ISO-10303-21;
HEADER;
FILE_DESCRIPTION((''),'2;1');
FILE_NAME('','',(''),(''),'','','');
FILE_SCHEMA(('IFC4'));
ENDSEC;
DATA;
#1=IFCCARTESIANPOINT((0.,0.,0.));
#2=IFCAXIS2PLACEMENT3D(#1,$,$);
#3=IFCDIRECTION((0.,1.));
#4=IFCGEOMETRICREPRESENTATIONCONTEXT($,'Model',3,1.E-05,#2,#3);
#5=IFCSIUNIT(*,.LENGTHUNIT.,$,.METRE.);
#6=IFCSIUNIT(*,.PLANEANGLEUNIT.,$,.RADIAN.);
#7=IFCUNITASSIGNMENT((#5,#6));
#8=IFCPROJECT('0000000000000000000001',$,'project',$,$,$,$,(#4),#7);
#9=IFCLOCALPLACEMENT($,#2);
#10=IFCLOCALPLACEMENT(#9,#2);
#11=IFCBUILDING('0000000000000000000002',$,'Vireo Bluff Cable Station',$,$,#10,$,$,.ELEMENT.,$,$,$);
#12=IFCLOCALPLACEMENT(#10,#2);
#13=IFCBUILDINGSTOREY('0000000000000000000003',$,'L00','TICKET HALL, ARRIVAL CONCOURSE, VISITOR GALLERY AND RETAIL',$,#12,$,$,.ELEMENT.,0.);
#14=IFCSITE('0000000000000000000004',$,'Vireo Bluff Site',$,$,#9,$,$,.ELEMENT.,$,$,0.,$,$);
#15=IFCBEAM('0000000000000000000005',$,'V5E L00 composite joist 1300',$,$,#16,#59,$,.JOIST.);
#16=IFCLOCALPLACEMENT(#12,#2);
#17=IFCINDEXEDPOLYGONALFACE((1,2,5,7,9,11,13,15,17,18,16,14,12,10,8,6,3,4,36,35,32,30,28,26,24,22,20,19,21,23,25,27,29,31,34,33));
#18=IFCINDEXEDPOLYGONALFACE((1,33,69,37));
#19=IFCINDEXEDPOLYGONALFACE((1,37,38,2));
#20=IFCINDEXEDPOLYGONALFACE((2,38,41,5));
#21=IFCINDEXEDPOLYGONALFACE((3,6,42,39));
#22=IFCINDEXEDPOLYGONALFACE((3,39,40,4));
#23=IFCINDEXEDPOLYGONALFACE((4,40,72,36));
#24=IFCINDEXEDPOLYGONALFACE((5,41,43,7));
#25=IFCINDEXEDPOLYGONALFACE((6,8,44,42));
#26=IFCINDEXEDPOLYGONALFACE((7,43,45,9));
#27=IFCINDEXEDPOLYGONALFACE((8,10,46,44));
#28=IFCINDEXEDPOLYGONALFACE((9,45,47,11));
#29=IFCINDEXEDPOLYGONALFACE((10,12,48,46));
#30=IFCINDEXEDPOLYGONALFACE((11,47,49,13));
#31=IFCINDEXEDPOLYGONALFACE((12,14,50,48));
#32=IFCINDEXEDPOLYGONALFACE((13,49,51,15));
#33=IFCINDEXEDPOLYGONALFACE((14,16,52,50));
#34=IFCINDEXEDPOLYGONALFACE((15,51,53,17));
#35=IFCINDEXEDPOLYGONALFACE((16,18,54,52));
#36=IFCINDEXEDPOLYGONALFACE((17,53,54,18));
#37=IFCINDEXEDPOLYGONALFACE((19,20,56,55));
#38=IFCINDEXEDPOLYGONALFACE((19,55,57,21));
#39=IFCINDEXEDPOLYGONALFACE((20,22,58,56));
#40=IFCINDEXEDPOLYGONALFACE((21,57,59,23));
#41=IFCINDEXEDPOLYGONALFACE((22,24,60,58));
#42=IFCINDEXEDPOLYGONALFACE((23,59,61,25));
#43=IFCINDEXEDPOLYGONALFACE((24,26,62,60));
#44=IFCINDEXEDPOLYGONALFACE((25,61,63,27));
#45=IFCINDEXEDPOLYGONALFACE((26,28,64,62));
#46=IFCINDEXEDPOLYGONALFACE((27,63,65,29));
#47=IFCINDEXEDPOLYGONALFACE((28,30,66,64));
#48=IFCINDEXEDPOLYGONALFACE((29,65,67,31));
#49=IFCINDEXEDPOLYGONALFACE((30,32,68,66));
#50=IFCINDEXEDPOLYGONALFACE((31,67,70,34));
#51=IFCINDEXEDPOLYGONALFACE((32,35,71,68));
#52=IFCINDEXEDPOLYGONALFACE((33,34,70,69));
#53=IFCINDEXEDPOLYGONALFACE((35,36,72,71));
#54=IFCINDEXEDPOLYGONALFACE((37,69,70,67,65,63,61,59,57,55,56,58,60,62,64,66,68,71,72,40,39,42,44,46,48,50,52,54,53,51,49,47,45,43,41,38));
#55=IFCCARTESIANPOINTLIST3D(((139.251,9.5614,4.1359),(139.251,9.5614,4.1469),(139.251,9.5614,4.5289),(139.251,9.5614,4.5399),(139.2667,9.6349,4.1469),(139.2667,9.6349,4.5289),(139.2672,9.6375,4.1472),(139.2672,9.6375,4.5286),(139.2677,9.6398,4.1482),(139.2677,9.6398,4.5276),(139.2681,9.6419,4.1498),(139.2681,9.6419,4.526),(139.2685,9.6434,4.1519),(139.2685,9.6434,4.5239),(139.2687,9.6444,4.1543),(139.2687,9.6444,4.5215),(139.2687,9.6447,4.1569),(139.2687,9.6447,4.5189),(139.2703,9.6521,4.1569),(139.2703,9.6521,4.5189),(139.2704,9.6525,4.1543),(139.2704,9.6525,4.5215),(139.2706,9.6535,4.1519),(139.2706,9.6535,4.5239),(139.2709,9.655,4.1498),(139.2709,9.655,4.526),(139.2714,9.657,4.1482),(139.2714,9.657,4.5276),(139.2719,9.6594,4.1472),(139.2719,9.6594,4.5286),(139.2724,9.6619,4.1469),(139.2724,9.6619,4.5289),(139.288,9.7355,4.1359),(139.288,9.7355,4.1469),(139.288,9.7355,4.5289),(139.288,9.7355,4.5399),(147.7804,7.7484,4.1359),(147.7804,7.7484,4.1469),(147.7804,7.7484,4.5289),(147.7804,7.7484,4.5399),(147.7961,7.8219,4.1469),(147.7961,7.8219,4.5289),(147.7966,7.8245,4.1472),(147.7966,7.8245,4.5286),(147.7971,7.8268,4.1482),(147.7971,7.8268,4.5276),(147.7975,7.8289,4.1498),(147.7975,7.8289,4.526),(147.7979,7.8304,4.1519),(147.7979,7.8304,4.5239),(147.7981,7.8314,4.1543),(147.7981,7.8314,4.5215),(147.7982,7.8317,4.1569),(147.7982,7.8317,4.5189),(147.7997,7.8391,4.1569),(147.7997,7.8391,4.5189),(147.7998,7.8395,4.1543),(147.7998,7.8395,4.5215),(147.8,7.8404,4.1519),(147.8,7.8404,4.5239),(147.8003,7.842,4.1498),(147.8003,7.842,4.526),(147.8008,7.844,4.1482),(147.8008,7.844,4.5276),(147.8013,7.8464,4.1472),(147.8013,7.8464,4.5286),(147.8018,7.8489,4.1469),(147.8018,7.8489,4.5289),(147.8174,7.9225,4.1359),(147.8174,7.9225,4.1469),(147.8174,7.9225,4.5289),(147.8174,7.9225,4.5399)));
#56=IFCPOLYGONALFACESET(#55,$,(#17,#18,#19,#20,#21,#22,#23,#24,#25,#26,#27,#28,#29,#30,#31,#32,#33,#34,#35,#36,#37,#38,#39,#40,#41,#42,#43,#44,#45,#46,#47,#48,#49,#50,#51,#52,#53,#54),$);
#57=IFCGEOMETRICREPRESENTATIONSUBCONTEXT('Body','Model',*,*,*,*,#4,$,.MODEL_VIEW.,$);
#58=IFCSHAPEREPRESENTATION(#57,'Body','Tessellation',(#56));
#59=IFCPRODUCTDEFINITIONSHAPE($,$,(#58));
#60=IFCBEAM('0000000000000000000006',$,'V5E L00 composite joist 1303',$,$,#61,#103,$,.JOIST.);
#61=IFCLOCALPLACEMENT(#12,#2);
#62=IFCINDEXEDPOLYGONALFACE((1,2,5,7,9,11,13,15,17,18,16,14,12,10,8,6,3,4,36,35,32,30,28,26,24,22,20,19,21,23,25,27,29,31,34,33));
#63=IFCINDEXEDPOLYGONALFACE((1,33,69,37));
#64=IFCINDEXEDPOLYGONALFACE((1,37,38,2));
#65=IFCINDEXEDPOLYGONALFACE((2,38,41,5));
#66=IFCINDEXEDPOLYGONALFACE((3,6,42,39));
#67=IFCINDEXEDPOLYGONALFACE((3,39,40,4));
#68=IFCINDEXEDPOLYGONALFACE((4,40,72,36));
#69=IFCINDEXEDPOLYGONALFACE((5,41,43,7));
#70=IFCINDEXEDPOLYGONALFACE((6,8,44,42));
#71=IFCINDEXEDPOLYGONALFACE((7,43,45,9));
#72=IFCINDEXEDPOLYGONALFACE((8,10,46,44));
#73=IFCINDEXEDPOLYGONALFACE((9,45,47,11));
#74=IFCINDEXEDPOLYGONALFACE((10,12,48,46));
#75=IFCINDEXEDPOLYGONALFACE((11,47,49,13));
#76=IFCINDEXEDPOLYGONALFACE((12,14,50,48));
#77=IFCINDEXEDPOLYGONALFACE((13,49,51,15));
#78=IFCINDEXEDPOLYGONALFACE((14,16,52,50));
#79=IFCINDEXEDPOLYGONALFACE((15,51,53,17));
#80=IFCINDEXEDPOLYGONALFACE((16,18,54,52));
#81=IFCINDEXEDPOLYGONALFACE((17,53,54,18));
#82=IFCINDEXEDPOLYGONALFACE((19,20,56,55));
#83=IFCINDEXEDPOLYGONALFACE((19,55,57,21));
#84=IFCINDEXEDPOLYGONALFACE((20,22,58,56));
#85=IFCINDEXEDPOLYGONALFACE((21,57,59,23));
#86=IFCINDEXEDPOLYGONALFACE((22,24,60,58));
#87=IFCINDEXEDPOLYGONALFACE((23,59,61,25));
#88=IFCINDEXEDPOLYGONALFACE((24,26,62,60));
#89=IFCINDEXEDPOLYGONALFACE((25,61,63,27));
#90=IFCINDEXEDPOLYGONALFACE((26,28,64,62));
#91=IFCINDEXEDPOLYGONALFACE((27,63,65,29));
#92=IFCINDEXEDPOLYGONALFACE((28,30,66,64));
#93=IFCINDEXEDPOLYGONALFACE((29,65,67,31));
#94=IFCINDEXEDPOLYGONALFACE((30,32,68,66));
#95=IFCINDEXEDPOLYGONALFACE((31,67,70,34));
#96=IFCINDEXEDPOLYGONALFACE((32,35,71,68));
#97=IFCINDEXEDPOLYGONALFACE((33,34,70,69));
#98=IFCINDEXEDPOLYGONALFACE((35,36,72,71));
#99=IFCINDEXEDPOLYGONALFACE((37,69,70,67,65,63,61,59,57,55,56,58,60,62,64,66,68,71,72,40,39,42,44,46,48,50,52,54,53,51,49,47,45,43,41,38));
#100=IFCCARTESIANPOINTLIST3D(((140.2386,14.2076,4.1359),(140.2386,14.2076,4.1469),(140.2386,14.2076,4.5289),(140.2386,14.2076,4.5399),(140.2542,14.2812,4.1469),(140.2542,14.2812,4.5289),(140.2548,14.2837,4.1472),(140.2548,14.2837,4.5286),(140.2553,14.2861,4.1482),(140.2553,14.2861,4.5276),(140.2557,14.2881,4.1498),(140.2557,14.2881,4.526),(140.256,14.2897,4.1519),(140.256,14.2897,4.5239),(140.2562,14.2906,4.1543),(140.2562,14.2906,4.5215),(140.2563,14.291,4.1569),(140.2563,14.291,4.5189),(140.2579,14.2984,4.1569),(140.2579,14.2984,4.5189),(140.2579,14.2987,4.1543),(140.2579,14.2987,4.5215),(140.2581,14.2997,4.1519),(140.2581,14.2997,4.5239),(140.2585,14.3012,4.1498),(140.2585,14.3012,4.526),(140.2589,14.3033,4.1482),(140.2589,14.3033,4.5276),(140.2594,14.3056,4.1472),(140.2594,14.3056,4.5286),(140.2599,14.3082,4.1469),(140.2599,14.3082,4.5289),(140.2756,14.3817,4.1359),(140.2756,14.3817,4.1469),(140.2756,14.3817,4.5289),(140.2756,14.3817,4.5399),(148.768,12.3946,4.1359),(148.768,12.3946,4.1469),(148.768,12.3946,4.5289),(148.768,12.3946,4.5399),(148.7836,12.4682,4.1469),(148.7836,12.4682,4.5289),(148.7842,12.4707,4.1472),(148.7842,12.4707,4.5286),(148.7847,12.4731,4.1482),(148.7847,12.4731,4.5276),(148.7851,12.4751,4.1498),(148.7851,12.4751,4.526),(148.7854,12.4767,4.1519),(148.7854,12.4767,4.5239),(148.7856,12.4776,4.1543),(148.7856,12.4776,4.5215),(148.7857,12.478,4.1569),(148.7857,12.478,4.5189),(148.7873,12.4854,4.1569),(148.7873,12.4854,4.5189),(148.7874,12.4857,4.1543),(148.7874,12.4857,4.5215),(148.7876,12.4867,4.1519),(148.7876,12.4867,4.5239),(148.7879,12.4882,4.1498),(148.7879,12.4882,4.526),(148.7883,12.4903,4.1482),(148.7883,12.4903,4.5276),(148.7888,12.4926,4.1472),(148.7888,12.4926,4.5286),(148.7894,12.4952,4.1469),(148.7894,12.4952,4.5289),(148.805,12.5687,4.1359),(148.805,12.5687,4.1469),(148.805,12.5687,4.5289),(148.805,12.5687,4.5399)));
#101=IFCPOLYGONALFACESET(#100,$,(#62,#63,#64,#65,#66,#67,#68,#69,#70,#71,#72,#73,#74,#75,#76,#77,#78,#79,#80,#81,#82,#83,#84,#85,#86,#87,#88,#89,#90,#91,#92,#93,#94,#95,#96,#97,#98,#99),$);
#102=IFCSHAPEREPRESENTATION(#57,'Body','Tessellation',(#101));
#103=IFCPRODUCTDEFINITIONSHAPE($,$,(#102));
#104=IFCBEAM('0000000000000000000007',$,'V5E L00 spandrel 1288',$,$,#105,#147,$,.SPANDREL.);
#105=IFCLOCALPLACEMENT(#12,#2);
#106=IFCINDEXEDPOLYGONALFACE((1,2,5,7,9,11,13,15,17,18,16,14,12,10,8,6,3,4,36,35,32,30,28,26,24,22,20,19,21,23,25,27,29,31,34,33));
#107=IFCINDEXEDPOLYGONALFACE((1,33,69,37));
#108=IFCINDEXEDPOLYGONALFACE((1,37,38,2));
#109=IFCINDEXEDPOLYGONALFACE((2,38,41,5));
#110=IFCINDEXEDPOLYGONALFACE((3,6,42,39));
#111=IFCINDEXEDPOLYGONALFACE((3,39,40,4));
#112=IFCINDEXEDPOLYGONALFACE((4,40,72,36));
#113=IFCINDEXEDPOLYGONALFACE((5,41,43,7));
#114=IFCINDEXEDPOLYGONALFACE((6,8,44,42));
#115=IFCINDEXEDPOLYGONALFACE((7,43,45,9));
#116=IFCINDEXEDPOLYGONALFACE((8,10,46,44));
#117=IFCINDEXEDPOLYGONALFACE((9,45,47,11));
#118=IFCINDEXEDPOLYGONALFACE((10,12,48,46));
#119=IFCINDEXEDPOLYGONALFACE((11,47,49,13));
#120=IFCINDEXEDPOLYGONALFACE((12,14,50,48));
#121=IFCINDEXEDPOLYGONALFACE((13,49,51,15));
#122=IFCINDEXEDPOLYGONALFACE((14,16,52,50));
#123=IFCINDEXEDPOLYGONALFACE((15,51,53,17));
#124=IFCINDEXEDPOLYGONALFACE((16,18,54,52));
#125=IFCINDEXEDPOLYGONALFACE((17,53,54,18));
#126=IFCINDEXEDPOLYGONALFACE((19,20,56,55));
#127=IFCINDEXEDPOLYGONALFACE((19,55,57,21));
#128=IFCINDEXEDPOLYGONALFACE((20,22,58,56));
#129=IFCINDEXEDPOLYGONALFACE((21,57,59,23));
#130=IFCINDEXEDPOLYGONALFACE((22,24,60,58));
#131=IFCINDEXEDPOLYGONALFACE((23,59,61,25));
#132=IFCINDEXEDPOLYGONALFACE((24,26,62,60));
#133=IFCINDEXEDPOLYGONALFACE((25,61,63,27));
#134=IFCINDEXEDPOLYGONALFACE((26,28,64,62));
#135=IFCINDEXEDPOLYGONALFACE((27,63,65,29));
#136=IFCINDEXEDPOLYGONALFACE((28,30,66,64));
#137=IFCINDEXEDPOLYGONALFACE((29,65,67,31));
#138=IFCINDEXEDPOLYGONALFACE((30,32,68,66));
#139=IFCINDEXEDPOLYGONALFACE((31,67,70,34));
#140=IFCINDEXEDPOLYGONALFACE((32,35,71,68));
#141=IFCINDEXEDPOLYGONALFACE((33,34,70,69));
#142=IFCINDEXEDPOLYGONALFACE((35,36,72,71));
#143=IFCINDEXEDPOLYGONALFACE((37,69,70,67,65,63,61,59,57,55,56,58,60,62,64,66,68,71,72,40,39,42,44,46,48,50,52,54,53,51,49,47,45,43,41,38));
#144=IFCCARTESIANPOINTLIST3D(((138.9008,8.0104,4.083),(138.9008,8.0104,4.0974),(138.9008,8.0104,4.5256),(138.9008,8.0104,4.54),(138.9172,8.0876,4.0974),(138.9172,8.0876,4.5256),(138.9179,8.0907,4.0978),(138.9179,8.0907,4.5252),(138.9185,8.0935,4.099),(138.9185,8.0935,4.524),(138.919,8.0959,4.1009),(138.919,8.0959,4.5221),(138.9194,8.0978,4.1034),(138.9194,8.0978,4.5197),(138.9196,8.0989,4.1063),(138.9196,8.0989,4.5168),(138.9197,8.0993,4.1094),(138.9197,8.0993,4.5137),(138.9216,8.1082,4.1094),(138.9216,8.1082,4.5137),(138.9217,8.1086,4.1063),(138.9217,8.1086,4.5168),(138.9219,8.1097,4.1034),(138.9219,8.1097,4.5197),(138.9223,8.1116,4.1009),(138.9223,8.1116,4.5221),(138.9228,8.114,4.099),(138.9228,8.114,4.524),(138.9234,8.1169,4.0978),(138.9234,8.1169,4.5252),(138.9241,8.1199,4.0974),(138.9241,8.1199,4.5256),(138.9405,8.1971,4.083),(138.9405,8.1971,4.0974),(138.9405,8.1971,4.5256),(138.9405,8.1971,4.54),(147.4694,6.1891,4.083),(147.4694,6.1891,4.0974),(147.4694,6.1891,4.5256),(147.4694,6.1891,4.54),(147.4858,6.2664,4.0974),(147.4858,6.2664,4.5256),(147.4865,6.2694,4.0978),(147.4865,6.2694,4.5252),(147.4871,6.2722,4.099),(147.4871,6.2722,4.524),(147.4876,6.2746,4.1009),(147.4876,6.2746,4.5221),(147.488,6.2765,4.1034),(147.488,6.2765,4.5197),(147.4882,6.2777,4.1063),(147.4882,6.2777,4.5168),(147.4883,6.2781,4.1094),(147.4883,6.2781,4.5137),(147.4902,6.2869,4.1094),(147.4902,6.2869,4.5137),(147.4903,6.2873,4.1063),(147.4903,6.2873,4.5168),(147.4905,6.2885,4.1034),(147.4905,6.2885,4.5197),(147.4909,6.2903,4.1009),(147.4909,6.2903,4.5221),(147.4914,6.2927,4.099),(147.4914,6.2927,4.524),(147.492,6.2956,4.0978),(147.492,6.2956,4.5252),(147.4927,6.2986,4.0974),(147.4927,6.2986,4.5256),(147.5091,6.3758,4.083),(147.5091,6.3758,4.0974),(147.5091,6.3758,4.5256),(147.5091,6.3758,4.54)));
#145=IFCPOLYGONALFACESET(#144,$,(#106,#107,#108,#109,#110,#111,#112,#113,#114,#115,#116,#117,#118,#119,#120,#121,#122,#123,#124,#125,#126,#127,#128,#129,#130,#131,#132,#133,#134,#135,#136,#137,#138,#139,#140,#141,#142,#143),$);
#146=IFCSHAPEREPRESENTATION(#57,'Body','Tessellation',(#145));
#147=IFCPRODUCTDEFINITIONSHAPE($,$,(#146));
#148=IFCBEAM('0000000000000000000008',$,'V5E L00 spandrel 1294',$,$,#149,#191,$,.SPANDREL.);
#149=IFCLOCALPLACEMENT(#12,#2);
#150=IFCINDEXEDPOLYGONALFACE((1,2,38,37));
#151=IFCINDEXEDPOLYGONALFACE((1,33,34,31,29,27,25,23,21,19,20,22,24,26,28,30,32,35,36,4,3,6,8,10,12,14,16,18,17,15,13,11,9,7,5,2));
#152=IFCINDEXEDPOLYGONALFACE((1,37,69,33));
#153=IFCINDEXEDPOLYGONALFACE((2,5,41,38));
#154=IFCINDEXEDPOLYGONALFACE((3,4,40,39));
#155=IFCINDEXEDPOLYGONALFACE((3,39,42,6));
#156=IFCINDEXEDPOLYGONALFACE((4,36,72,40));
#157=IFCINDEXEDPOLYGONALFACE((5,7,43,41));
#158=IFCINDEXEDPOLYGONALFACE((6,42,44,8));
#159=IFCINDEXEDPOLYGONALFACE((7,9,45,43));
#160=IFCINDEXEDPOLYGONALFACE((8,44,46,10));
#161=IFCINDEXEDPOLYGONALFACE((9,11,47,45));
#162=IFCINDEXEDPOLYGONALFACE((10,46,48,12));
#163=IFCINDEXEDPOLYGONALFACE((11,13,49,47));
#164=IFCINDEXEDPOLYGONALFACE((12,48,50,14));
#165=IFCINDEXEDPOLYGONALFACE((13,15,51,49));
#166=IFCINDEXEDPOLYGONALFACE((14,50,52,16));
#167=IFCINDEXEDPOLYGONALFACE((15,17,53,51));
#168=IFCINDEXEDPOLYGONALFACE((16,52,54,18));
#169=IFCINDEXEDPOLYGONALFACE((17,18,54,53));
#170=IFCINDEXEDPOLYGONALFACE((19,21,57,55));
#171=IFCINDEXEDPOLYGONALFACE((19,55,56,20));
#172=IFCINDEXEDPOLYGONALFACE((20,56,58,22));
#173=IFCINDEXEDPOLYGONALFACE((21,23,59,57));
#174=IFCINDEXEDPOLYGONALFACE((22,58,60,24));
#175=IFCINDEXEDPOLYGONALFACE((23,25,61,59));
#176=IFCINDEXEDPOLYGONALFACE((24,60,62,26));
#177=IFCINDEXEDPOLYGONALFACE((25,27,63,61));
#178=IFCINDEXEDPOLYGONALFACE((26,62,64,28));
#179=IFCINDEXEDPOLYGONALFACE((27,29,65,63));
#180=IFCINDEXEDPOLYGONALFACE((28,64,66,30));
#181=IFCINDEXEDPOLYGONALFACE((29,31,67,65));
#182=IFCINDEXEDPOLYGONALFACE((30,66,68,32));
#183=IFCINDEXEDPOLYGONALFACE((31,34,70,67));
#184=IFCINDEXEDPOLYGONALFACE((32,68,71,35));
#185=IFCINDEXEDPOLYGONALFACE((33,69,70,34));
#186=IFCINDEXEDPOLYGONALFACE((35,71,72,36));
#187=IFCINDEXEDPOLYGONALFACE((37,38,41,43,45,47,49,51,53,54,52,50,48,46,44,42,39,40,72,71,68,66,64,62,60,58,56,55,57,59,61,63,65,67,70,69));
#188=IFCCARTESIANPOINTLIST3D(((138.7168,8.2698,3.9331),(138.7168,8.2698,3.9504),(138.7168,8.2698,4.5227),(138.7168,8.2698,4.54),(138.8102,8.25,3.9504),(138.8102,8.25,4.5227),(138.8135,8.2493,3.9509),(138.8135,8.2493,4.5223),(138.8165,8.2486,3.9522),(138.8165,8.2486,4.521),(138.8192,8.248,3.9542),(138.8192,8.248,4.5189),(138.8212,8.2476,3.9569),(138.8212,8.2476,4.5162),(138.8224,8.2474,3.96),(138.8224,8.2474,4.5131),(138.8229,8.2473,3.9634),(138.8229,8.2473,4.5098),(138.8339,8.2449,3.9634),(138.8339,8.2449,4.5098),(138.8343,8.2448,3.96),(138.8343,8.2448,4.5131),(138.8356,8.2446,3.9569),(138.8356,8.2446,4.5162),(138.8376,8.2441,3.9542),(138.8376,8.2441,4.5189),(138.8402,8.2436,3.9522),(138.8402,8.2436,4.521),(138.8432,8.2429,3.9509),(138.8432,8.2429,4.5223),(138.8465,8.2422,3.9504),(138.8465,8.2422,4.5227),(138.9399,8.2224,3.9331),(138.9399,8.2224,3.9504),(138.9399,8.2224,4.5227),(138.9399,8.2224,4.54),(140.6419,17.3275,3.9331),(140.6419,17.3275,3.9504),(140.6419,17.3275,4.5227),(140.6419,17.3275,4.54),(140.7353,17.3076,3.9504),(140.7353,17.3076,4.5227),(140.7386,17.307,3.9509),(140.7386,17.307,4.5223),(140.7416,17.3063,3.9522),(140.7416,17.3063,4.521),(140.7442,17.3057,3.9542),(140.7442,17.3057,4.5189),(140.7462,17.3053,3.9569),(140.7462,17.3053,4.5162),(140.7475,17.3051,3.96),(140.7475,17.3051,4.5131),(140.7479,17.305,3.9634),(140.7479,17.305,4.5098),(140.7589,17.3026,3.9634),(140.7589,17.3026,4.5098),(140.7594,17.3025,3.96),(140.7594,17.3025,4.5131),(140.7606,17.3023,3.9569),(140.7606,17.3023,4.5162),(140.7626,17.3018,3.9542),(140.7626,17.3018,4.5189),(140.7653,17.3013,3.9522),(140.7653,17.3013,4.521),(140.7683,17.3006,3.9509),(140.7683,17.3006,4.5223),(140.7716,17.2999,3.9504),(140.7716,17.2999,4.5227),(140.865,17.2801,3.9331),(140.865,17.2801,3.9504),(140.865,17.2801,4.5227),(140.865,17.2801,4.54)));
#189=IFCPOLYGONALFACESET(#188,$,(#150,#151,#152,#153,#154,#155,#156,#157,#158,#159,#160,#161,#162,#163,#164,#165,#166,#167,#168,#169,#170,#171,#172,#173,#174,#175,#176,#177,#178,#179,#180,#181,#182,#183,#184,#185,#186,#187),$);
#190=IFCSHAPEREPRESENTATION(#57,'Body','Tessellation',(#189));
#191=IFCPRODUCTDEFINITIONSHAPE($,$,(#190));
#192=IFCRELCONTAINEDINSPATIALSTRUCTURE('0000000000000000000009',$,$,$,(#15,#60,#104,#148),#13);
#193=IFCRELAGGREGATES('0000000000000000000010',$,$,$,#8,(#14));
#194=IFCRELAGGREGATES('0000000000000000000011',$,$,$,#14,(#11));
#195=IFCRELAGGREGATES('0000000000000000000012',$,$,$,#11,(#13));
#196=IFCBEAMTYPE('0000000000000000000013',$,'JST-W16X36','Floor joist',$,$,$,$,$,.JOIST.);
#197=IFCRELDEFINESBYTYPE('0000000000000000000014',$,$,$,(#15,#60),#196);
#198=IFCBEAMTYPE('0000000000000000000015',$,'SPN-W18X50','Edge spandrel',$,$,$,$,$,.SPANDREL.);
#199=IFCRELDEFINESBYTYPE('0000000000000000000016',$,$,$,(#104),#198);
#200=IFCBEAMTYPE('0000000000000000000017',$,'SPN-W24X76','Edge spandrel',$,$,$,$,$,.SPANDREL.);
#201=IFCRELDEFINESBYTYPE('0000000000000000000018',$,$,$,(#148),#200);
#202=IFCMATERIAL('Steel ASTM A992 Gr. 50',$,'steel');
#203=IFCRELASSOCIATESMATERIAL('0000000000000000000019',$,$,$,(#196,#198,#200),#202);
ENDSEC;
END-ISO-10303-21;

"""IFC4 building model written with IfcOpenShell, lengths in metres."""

from ifc_helpers import new_model, si_unit, direction, frame, origin, origin_2d, place, context, subcontext, project, spatial, i_section, extrude, material, material_profile, profile_set, type_object, element, save


model = new_model("IFC4")

# Units and contexts
model_context = context("Model", 3, precision=1e-05, world=origin(), true_north=direction((0.0, 1.0)))
body_context = subcontext(model_context, "Body", "Model", "MODEL_VIEW")
ifc_project = project(units=[si_unit("LENGTHUNIT", "METRE"), si_unit("PLANEANGLEUNIT", "RADIAN")], contexts=[model_context])

# Site, building, storey
site_placement = place(None, origin())
site = spatial("IfcSite", under=ifc_project, at=site_placement, Name="Vireo Bluff Site", CompositionType="ELEMENT", RefElevation=0.0)
building_placement = place(site_placement, origin())
building = spatial("IfcBuilding", under=site, at=building_placement, Name="Vireo Bluff Cable Station", CompositionType="ELEMENT")
storey_placement = place(building_placement, origin())
storey = spatial("IfcBuildingStorey", under=building, at=storey_placement, Name="L00", Description="TICKET HALL, ARRIVAL CONCOURSE, VISITOR GALLERY AND RETAIL", CompositionType="ELEMENT", Elevation=0.0)

# Shared definitions
ifc_material_1 = material(Name="Steel ASTM A992 Gr. 50", Category="steel")

# Beams
ifc_material_profile_1 = material_profile(ifc_material_1, i_section(OverallWidth=0.178, OverallDepth=0.4041, WebThickness=0.0076, FlangeThickness=0.011, FilletRadius=0.01, at=origin_2d()), Name="W16X36")
ifc_profile_set_1 = profile_set([ifc_material_profile_1], Name="Steel ASTM A992 Gr. 50")
beam_type_1 = type_object("IfcBeamType", Name="JST-W16X36", Description="Floor joist", PredefinedType="JOIST", material=ifc_profile_set_1)
for number, where, z_axis, x_axis, name in (
    (1, (139.2695, 9.6484, 4.3379), (0.978147, -0.207915, 0.0), (0.207915, 0.978147, 0.0), "V5E L00 composite joist 1300"),
    (2, (140.2571, 14.2947, 4.3379), (0.978147, -0.207915, 0.0), (0.207915, 0.978147, 0.0), "V5E L00 composite joist 1303"),
):
    element("IfcBeam", number, at=place(storey_placement, frame(where, z_axis=z_axis, x_axis=x_axis)), inside=storey, type_object=beam_type_1, Name=name, PredefinedType="JOIST", context=body_context, shape_type="SweptSolid", body=[
        extrude(i_section(OverallWidth=0.178, OverallDepth=0.4041, WebThickness=0.0076, FlangeThickness=0.011, FilletRadius=0.01, at=origin_2d()), origin(), (0.0, 0.0, 1.0), 8.72),
    ])
ifc_material_profile_2 = material_profile(ifc_material_1, i_section(OverallWidth=0.1909, OverallDepth=0.457, WebThickness=0.009, FlangeThickness=0.0144, FilletRadius=0.012, at=origin_2d()), Name="W18X50")
ifc_profile_set_2 = profile_set([ifc_material_profile_2], Name="Steel ASTM A992 Gr. 50")
beam_type_2 = type_object("IfcBeamType", Name="SPN-W18X50", Description="Edge spandrel", PredefinedType="SPANDREL", material=ifc_profile_set_2)
beam_1_placement = place(storey_placement, frame((138.9207, 8.1038, 4.3115), z_axis=(0.978148, -0.207909, 0.0), x_axis=(0.207909, 0.978148, 0.0)))
element("IfcBeam", 3, at=beam_1_placement, inside=storey, type_object=beam_type_2, Name="V5E L00 spandrel 1288", PredefinedType="SPANDREL", context=body_context, shape_type="SweptSolid", body=[
    extrude(i_section(OverallWidth=0.1909, OverallDepth=0.457, WebThickness=0.009, FlangeThickness=0.0144, FilletRadius=0.012, at=origin_2d()), origin(), (0.0, 0.0, 1.0), 8.76),
])
ifc_material_profile_3 = material_profile(ifc_material_1, i_section(OverallWidth=0.228, OverallDepth=0.6069, WebThickness=0.0112, FlangeThickness=0.0173, FilletRadius=0.0129, at=origin_2d()), Name="W24X76")
ifc_profile_set_3 = profile_set([ifc_material_profile_3], Name="Steel ASTM A992 Gr. 50")
beam_type_3 = type_object("IfcBeamType", Name="SPN-W24X76", Description="Edge spandrel", PredefinedType="SPANDREL", material=ifc_profile_set_3)
beam_2_placement = place(storey_placement, frame((138.8284, 8.2461, 4.2366), z_axis=(0.20789, 0.978152, 0.0), x_axis=(-0.978152, 0.20789, 0.0)))
element("IfcBeam", 4, at=beam_2_placement, inside=storey, type_object=beam_type_3, Name="V5E L00 spandrel 1294", PredefinedType="SPANDREL", context=body_context, shape_type="SweptSolid", body=[
    extrude(i_section(OverallWidth=0.228, OverallDepth=0.6069, WebThickness=0.0112, FlangeThickness=0.0173, FilletRadius=0.0129, at=origin_2d()), origin(), (0.0, 0.0, 1.0), 9.26),
])

save(model, "model.ifc")
